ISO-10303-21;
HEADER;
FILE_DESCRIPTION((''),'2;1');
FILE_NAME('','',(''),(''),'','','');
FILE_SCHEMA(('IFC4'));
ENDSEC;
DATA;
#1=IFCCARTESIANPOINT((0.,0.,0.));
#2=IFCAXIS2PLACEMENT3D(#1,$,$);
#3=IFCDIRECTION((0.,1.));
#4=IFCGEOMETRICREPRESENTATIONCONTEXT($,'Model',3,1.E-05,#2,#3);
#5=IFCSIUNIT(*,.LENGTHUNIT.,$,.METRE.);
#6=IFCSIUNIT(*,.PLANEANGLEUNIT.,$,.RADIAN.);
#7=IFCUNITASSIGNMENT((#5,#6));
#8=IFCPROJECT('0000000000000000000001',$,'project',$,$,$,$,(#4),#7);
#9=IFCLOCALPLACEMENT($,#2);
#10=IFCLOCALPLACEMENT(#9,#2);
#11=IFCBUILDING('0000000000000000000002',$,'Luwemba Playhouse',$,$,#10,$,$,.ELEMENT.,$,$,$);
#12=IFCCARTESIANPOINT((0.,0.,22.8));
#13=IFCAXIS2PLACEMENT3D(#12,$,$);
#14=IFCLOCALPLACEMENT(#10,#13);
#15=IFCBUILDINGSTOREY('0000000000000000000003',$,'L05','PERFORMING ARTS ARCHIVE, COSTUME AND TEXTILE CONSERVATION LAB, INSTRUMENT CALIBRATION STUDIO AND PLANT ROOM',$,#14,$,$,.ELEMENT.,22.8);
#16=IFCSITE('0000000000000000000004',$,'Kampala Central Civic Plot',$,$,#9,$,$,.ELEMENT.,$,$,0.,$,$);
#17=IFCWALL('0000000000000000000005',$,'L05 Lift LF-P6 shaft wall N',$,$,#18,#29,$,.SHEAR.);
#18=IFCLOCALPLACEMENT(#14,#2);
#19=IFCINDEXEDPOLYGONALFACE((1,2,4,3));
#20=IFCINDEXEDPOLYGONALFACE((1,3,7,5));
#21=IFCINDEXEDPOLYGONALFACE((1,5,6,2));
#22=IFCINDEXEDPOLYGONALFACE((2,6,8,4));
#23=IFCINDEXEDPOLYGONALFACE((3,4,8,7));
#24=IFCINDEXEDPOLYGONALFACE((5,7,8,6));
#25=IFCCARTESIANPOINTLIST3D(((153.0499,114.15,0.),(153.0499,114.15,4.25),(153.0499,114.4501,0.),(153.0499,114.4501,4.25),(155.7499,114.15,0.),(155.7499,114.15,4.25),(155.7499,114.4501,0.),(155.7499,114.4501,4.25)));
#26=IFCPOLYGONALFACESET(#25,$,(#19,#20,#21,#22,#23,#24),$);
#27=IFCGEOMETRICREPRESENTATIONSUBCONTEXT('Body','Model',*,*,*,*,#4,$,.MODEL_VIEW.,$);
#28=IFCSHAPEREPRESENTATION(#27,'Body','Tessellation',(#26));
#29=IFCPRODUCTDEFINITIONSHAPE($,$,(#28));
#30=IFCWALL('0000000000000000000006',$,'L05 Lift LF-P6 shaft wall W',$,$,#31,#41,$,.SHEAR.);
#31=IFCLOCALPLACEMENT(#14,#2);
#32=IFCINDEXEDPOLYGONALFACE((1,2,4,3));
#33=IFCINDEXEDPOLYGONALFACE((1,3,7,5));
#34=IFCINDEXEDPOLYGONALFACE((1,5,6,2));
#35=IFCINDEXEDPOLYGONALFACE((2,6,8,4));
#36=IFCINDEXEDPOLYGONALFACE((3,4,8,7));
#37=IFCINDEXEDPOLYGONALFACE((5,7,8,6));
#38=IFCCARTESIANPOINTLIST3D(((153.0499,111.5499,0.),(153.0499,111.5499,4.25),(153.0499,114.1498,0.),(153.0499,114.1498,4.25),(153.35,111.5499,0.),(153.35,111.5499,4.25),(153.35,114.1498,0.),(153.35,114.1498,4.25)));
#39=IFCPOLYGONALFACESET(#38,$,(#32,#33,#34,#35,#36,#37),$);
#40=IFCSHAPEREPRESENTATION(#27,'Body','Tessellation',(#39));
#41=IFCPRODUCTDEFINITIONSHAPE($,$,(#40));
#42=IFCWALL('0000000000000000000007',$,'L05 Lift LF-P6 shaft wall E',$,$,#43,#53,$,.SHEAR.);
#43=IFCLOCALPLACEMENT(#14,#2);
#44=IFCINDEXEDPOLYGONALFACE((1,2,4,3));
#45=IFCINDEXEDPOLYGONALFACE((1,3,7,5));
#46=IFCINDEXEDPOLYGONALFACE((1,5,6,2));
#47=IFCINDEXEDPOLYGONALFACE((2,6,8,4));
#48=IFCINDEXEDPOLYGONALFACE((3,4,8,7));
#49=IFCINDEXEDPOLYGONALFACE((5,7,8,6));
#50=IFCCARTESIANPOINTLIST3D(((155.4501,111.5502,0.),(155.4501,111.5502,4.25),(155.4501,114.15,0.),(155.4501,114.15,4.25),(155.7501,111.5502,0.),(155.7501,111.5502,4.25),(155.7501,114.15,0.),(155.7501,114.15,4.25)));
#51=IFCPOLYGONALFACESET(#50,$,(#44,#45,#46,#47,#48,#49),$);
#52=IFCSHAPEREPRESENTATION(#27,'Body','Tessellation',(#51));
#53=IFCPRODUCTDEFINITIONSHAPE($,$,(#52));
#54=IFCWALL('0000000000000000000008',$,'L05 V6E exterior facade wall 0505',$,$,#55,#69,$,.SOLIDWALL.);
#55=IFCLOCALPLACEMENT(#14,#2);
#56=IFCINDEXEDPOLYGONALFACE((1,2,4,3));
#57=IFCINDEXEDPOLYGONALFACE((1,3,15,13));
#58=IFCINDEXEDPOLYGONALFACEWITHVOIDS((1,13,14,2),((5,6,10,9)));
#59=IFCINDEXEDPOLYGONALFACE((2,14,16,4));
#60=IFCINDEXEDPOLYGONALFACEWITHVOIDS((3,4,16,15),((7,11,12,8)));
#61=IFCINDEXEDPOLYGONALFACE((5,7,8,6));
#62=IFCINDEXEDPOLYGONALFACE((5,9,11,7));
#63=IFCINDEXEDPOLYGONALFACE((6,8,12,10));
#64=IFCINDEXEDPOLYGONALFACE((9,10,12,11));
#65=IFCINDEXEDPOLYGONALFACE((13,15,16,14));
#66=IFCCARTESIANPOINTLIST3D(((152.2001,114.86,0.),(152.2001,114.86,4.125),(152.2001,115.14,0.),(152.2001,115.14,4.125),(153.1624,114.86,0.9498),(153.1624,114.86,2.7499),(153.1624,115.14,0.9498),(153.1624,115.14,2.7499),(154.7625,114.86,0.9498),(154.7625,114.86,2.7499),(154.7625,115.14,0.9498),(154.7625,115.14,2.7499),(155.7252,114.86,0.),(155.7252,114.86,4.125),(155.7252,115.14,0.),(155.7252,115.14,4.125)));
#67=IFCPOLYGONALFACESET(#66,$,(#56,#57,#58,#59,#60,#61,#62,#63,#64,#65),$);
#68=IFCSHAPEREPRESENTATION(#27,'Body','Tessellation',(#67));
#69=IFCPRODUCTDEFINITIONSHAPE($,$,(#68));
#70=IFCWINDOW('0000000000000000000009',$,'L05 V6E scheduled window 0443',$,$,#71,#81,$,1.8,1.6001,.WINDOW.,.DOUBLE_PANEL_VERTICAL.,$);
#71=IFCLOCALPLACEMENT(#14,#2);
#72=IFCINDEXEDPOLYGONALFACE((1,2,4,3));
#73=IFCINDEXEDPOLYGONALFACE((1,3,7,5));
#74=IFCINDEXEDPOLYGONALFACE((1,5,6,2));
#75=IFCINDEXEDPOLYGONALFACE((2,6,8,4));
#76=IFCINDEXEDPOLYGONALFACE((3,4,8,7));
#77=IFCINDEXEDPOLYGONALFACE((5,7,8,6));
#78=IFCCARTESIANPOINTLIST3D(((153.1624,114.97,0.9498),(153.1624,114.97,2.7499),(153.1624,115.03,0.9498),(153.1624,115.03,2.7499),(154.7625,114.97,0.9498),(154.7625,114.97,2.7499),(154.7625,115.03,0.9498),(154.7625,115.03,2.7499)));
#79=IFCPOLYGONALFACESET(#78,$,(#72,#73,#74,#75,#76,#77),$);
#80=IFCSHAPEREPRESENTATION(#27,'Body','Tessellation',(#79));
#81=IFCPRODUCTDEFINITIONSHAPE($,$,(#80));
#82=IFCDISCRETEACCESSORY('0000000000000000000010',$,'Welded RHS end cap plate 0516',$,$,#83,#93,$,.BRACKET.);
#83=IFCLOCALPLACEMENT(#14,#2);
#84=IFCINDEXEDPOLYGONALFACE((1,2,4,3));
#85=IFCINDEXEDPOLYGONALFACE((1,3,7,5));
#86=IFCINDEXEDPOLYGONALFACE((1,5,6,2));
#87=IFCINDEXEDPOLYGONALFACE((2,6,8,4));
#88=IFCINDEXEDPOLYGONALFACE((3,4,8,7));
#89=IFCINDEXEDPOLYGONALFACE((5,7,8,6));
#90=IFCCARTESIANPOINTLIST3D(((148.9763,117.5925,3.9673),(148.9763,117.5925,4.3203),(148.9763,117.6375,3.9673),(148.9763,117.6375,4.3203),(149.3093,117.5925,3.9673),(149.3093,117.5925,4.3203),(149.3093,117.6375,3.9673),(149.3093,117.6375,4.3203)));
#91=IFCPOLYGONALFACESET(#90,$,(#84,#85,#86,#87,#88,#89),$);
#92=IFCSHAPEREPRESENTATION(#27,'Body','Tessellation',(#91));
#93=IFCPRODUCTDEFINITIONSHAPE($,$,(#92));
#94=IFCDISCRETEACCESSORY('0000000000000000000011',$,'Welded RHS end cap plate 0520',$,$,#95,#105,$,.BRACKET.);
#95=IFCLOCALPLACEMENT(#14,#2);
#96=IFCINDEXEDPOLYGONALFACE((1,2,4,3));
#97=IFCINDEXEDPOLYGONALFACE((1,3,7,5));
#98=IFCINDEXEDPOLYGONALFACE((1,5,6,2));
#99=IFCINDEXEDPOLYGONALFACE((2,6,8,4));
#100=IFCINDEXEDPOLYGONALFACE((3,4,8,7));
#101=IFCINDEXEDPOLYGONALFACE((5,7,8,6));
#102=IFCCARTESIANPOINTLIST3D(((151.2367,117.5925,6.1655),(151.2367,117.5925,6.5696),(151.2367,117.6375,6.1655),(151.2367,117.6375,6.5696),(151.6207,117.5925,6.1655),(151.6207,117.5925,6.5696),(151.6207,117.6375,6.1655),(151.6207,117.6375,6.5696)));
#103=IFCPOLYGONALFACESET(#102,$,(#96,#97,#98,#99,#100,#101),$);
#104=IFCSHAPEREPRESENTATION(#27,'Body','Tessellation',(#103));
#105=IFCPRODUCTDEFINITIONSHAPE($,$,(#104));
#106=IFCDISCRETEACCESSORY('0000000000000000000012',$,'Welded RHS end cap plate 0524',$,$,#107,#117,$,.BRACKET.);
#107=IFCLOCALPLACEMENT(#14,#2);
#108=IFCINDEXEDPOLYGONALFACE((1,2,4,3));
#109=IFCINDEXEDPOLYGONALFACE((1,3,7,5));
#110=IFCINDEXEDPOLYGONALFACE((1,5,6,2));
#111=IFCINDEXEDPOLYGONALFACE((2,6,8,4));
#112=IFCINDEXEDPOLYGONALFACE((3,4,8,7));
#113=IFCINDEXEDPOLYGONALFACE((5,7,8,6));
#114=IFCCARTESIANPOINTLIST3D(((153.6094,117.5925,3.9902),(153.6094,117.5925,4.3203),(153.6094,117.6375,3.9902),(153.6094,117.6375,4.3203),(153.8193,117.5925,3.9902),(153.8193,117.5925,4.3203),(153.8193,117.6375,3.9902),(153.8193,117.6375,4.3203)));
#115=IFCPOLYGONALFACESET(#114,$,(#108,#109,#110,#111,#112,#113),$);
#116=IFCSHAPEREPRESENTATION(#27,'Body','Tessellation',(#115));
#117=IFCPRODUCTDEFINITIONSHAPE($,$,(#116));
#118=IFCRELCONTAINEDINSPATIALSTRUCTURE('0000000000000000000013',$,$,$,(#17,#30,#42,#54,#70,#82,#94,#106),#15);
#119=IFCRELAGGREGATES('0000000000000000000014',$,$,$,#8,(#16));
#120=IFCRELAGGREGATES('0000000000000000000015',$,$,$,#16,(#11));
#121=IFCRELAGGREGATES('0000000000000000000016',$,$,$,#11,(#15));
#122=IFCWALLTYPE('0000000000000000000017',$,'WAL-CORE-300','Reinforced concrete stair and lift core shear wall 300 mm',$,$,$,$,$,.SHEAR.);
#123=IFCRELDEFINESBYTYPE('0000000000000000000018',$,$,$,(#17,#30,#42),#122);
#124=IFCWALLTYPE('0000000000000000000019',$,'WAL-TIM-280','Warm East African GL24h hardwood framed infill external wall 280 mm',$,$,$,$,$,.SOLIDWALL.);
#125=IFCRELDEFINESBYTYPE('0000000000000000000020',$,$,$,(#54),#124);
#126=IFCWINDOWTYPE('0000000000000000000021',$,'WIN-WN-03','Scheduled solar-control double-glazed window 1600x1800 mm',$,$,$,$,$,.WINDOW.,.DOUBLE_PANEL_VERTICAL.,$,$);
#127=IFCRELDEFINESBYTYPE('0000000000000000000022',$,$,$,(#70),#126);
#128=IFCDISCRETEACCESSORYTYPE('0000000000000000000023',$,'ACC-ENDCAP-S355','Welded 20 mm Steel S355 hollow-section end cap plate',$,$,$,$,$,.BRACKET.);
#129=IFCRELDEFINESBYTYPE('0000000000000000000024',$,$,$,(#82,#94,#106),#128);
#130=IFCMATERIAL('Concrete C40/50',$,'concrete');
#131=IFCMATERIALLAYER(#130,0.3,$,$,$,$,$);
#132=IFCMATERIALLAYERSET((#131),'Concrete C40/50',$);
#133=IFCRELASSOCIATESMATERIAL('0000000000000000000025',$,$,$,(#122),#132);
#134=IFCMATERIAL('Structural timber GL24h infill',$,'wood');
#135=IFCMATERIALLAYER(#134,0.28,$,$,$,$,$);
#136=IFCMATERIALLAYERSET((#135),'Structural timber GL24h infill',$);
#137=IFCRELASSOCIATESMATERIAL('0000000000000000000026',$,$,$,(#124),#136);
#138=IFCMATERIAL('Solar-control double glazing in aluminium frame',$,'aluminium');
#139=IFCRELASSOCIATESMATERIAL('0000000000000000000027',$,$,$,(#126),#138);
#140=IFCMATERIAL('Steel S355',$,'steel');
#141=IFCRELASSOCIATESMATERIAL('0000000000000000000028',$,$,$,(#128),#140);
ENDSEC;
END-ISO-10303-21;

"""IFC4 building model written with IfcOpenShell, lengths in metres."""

from ifc_helpers import new_model, si_unit, direction, frame, frame_2d, origin, origin_2d, place, context, subcontext, project, spatial, rectangle, extrude, material, layer, layer_set, type_object, element, fill, save


model = new_model("IFC4")

# Units and contexts
model_context = context("Model", 3, precision=1e-05, world=origin(), true_north=direction((0.0, 1.0)))
body_context = subcontext(model_context, "Body", "Model", "MODEL_VIEW")
ifc_project = project(units=[si_unit("LENGTHUNIT", "METRE"), si_unit("PLANEANGLEUNIT", "RADIAN")], contexts=[model_context])

# Site, building, storey
site_placement = place(None, origin())
site = spatial("IfcSite", under=ifc_project, at=site_placement, Name="Kampala Central Civic Plot", CompositionType="ELEMENT", RefElevation=0.0)
building_placement = place(site_placement, origin())
building = spatial("IfcBuilding", under=site, at=building_placement, Name="Luwemba Playhouse", CompositionType="ELEMENT")
storey_placement = place(building_placement, frame((0.0, 0.0, 22.8)))
storey = spatial("IfcBuildingStorey", under=building, at=storey_placement, Name="L05", Description="PERFORMING ARTS ARCHIVE, COSTUME AND TEXTILE CONSERVATION LAB, INSTRUMENT CALIBRATION STUDIO AND PLANT ROOM", CompositionType="ELEMENT", Elevation=22.8)

# Shared definitions
ifc_material_1 = material(Name="Concrete C40/50", Category="concrete")

# Shared definitions
ifc_material_2 = material(Name="Steel S355", Category="steel")

# Shared definitions
ifc_material_3 = material(Name="Solar-control double glazing in aluminium frame", Category="aluminium")

# Walls
ifc_layer_1 = layer(ifc_material_1, 0.3)
ifc_layer_set_1 = layer_set([ifc_layer_1], Name="Concrete C40/50")
wall_type_1 = type_object("IfcWallType", Name="WAL-CORE-300", Description="Reinforced concrete stair and lift core shear wall 300 mm", PredefinedType="SHEAR", material=ifc_layer_set_1)
wall_1_placement = place(storey_placement, frame((155.75, 114.3, 0.0), z_axis=(0.0, 0.0, 1.0), x_axis=(-1.0, 0.0, 0.0)))
element("IfcWall", 1, at=wall_1_placement, inside=storey, type_object=wall_type_1, Name="L05 Lift LF-P6 shaft wall N", PredefinedType="SHEAR", context=body_context, shape_type="SweptSolid", body=[
    extrude(rectangle(XDim=2.7, YDim=0.3, at=frame_2d((1.3501, 0.0))), origin(), (0.0, 0.0, 1.0), 4.25),
])
for number, where, z_axis, x_axis, name in (
    (2, (153.2, 111.55, 0.0), (0.0, 0.0, 1.0), (0.0, 1.0, 0.0), "L05 Lift LF-P6 shaft wall W"),
    (3, (155.6001, 114.1499, 0.0), (0.0, 0.0, 1.0), (0.0, -1.0, 0.0), "L05 Lift LF-P6 shaft wall E"),
):
    element("IfcWall", number, at=place(storey_placement, frame(where, z_axis=z_axis, x_axis=x_axis)), inside=storey, type_object=wall_type_1, Name=name, PredefinedType="SHEAR", context=body_context, shape_type="SweptSolid", body=[
        extrude(rectangle(XDim=2.5999, YDim=0.3, at=frame_2d((1.2998, 0.0))), origin(), (0.0, 0.0, 1.0), 4.25),
    ])

# Wall, opening, window
ifc_material_4 = material(Name="Structural timber GL24h infill", Category="wood")
ifc_layer_2 = layer(ifc_material_4, 0.28)
ifc_layer_set_2 = layer_set([ifc_layer_2], Name="Structural timber GL24h infill")
wall_type_2 = type_object("IfcWallType", Name="WAL-TIM-280", Description="Warm East African GL24h hardwood framed infill external wall 280 mm", PredefinedType="SOLIDWALL", material=ifc_layer_set_2)
wall_2_placement = place(storey_placement, frame((152.2, 115.0, 0.0), z_axis=(0.0, 0.0, 1.0), x_axis=(1.0, 0.0, 0.0)))
wall_2 = element("IfcWall", 4, at=wall_2_placement, inside=storey, type_object=wall_type_2, Name="L05 V6E exterior facade wall 0505", PredefinedType="SOLIDWALL", context=body_context, shape_type="SweptSolid", body=[
    extrude(rectangle(XDim=3.5251, YDim=0.28, at=frame_2d((1.7627, 0.0))), origin(), (0.0, 0.0, 1.0), 4.125),
])
opening_1_placement = place(wall_2_placement, frame((0.9624, 0.0, 0.95)))
opening_1 = element("IfcOpeningElement", 5, at=opening_1_placement, cuts=wall_2, PredefinedType="OPENING", context=body_context, shape_type="SweptSolid", body=[
    extrude(rectangle(XDim=1.6001, YDim=1.8, at=frame_2d((0.8, 0.8999))), frame((0.0, 0.1499, 0.0), z_axis=(0.0, -1.0, 0.0), x_axis=(1.0, 0.0, 0.0)), (0.0, 0.0, 1.0), 0.3),
])
window_type_1 = type_object("IfcWindowType", Name="WIN-WN-03", Description="Scheduled solar-control double-glazed window 1600x1800 mm", PartitioningType="DOUBLE_PANEL_VERTICAL", PredefinedType="WINDOW", material=ifc_material_3)
window_1_placement = place(opening_1_placement, origin())
window_1 = element("IfcWindow", 6, at=window_1_placement, inside=storey, type_object=window_type_1, Name="L05 V6E scheduled window 0443", OverallHeight=1.8, OverallWidth=1.6001, PartitioningType="DOUBLE_PANEL_VERTICAL", PredefinedType="WINDOW", context=body_context, shape_type="SweptSolid", body=[
    extrude(rectangle(XDim=1.6001, YDim=1.8, at=frame_2d((0.8, 0.8999))), frame((0.0, 0.03, 0.0), z_axis=(0.0, -1.0, 0.0), x_axis=(1.0, 0.0, 0.0)), (0.0, 0.0, 1.0), 0.0601),
])
fill(opening_1, window_1)

# Discrete accessories
discrete_accessory_type = type_object("IfcDiscreteAccessoryType", Name="ACC-ENDCAP-S355", Description="Welded 20 mm Steel S355 hollow-section end cap plate", PredefinedType="BRACKET", material=ifc_material_2)
discrete_accessory_1_placement = place(storey_placement, frame((149.1428, 117.615, 3.9673), z_axis=(0.0, 0.0, 1.0), x_axis=(1.0, 0.0, 0.0)))
element("IfcDiscreteAccessory", 7, at=discrete_accessory_1_placement, inside=storey, type_object=discrete_accessory_type, Name="Welded RHS end cap plate 0516", PredefinedType="BRACKET", context=body_context, shape_type="SweptSolid", body=[
    extrude(rectangle(XDim=0.333, YDim=0.0449, at=origin_2d()), origin(), (0.0, 0.0, 1.0), 0.353),
])
discrete_accessory_2_placement = place(storey_placement, frame((151.4287, 117.615, 6.1655), z_axis=(0.0, 0.0, 1.0), x_axis=(1.0, 0.0, 0.0)))
element("IfcDiscreteAccessory", 8, at=discrete_accessory_2_placement, inside=storey, type_object=discrete_accessory_type, Name="Welded RHS end cap plate 0520", PredefinedType="BRACKET", context=body_context, shape_type="SweptSolid", body=[
    extrude(rectangle(XDim=0.384, YDim=0.0449, at=origin_2d()), origin(), (0.0, 0.0, 1.0), 0.4041),
])
discrete_accessory_3_placement = place(storey_placement, frame((153.7144, 117.615, 3.9902), z_axis=(0.0, 0.0, 1.0), x_axis=(1.0, 0.0, 0.0)))
element("IfcDiscreteAccessory", 9, at=discrete_accessory_3_placement, inside=storey, type_object=discrete_accessory_type, Name="Welded RHS end cap plate 0524", PredefinedType="BRACKET", context=body_context, shape_type="SweptSolid", body=[
    extrude(rectangle(XDim=0.21, YDim=0.0449, at=origin_2d()), origin(), (0.0, 0.0, 1.0), 0.3301),
])

save(model, "model.ifc")
